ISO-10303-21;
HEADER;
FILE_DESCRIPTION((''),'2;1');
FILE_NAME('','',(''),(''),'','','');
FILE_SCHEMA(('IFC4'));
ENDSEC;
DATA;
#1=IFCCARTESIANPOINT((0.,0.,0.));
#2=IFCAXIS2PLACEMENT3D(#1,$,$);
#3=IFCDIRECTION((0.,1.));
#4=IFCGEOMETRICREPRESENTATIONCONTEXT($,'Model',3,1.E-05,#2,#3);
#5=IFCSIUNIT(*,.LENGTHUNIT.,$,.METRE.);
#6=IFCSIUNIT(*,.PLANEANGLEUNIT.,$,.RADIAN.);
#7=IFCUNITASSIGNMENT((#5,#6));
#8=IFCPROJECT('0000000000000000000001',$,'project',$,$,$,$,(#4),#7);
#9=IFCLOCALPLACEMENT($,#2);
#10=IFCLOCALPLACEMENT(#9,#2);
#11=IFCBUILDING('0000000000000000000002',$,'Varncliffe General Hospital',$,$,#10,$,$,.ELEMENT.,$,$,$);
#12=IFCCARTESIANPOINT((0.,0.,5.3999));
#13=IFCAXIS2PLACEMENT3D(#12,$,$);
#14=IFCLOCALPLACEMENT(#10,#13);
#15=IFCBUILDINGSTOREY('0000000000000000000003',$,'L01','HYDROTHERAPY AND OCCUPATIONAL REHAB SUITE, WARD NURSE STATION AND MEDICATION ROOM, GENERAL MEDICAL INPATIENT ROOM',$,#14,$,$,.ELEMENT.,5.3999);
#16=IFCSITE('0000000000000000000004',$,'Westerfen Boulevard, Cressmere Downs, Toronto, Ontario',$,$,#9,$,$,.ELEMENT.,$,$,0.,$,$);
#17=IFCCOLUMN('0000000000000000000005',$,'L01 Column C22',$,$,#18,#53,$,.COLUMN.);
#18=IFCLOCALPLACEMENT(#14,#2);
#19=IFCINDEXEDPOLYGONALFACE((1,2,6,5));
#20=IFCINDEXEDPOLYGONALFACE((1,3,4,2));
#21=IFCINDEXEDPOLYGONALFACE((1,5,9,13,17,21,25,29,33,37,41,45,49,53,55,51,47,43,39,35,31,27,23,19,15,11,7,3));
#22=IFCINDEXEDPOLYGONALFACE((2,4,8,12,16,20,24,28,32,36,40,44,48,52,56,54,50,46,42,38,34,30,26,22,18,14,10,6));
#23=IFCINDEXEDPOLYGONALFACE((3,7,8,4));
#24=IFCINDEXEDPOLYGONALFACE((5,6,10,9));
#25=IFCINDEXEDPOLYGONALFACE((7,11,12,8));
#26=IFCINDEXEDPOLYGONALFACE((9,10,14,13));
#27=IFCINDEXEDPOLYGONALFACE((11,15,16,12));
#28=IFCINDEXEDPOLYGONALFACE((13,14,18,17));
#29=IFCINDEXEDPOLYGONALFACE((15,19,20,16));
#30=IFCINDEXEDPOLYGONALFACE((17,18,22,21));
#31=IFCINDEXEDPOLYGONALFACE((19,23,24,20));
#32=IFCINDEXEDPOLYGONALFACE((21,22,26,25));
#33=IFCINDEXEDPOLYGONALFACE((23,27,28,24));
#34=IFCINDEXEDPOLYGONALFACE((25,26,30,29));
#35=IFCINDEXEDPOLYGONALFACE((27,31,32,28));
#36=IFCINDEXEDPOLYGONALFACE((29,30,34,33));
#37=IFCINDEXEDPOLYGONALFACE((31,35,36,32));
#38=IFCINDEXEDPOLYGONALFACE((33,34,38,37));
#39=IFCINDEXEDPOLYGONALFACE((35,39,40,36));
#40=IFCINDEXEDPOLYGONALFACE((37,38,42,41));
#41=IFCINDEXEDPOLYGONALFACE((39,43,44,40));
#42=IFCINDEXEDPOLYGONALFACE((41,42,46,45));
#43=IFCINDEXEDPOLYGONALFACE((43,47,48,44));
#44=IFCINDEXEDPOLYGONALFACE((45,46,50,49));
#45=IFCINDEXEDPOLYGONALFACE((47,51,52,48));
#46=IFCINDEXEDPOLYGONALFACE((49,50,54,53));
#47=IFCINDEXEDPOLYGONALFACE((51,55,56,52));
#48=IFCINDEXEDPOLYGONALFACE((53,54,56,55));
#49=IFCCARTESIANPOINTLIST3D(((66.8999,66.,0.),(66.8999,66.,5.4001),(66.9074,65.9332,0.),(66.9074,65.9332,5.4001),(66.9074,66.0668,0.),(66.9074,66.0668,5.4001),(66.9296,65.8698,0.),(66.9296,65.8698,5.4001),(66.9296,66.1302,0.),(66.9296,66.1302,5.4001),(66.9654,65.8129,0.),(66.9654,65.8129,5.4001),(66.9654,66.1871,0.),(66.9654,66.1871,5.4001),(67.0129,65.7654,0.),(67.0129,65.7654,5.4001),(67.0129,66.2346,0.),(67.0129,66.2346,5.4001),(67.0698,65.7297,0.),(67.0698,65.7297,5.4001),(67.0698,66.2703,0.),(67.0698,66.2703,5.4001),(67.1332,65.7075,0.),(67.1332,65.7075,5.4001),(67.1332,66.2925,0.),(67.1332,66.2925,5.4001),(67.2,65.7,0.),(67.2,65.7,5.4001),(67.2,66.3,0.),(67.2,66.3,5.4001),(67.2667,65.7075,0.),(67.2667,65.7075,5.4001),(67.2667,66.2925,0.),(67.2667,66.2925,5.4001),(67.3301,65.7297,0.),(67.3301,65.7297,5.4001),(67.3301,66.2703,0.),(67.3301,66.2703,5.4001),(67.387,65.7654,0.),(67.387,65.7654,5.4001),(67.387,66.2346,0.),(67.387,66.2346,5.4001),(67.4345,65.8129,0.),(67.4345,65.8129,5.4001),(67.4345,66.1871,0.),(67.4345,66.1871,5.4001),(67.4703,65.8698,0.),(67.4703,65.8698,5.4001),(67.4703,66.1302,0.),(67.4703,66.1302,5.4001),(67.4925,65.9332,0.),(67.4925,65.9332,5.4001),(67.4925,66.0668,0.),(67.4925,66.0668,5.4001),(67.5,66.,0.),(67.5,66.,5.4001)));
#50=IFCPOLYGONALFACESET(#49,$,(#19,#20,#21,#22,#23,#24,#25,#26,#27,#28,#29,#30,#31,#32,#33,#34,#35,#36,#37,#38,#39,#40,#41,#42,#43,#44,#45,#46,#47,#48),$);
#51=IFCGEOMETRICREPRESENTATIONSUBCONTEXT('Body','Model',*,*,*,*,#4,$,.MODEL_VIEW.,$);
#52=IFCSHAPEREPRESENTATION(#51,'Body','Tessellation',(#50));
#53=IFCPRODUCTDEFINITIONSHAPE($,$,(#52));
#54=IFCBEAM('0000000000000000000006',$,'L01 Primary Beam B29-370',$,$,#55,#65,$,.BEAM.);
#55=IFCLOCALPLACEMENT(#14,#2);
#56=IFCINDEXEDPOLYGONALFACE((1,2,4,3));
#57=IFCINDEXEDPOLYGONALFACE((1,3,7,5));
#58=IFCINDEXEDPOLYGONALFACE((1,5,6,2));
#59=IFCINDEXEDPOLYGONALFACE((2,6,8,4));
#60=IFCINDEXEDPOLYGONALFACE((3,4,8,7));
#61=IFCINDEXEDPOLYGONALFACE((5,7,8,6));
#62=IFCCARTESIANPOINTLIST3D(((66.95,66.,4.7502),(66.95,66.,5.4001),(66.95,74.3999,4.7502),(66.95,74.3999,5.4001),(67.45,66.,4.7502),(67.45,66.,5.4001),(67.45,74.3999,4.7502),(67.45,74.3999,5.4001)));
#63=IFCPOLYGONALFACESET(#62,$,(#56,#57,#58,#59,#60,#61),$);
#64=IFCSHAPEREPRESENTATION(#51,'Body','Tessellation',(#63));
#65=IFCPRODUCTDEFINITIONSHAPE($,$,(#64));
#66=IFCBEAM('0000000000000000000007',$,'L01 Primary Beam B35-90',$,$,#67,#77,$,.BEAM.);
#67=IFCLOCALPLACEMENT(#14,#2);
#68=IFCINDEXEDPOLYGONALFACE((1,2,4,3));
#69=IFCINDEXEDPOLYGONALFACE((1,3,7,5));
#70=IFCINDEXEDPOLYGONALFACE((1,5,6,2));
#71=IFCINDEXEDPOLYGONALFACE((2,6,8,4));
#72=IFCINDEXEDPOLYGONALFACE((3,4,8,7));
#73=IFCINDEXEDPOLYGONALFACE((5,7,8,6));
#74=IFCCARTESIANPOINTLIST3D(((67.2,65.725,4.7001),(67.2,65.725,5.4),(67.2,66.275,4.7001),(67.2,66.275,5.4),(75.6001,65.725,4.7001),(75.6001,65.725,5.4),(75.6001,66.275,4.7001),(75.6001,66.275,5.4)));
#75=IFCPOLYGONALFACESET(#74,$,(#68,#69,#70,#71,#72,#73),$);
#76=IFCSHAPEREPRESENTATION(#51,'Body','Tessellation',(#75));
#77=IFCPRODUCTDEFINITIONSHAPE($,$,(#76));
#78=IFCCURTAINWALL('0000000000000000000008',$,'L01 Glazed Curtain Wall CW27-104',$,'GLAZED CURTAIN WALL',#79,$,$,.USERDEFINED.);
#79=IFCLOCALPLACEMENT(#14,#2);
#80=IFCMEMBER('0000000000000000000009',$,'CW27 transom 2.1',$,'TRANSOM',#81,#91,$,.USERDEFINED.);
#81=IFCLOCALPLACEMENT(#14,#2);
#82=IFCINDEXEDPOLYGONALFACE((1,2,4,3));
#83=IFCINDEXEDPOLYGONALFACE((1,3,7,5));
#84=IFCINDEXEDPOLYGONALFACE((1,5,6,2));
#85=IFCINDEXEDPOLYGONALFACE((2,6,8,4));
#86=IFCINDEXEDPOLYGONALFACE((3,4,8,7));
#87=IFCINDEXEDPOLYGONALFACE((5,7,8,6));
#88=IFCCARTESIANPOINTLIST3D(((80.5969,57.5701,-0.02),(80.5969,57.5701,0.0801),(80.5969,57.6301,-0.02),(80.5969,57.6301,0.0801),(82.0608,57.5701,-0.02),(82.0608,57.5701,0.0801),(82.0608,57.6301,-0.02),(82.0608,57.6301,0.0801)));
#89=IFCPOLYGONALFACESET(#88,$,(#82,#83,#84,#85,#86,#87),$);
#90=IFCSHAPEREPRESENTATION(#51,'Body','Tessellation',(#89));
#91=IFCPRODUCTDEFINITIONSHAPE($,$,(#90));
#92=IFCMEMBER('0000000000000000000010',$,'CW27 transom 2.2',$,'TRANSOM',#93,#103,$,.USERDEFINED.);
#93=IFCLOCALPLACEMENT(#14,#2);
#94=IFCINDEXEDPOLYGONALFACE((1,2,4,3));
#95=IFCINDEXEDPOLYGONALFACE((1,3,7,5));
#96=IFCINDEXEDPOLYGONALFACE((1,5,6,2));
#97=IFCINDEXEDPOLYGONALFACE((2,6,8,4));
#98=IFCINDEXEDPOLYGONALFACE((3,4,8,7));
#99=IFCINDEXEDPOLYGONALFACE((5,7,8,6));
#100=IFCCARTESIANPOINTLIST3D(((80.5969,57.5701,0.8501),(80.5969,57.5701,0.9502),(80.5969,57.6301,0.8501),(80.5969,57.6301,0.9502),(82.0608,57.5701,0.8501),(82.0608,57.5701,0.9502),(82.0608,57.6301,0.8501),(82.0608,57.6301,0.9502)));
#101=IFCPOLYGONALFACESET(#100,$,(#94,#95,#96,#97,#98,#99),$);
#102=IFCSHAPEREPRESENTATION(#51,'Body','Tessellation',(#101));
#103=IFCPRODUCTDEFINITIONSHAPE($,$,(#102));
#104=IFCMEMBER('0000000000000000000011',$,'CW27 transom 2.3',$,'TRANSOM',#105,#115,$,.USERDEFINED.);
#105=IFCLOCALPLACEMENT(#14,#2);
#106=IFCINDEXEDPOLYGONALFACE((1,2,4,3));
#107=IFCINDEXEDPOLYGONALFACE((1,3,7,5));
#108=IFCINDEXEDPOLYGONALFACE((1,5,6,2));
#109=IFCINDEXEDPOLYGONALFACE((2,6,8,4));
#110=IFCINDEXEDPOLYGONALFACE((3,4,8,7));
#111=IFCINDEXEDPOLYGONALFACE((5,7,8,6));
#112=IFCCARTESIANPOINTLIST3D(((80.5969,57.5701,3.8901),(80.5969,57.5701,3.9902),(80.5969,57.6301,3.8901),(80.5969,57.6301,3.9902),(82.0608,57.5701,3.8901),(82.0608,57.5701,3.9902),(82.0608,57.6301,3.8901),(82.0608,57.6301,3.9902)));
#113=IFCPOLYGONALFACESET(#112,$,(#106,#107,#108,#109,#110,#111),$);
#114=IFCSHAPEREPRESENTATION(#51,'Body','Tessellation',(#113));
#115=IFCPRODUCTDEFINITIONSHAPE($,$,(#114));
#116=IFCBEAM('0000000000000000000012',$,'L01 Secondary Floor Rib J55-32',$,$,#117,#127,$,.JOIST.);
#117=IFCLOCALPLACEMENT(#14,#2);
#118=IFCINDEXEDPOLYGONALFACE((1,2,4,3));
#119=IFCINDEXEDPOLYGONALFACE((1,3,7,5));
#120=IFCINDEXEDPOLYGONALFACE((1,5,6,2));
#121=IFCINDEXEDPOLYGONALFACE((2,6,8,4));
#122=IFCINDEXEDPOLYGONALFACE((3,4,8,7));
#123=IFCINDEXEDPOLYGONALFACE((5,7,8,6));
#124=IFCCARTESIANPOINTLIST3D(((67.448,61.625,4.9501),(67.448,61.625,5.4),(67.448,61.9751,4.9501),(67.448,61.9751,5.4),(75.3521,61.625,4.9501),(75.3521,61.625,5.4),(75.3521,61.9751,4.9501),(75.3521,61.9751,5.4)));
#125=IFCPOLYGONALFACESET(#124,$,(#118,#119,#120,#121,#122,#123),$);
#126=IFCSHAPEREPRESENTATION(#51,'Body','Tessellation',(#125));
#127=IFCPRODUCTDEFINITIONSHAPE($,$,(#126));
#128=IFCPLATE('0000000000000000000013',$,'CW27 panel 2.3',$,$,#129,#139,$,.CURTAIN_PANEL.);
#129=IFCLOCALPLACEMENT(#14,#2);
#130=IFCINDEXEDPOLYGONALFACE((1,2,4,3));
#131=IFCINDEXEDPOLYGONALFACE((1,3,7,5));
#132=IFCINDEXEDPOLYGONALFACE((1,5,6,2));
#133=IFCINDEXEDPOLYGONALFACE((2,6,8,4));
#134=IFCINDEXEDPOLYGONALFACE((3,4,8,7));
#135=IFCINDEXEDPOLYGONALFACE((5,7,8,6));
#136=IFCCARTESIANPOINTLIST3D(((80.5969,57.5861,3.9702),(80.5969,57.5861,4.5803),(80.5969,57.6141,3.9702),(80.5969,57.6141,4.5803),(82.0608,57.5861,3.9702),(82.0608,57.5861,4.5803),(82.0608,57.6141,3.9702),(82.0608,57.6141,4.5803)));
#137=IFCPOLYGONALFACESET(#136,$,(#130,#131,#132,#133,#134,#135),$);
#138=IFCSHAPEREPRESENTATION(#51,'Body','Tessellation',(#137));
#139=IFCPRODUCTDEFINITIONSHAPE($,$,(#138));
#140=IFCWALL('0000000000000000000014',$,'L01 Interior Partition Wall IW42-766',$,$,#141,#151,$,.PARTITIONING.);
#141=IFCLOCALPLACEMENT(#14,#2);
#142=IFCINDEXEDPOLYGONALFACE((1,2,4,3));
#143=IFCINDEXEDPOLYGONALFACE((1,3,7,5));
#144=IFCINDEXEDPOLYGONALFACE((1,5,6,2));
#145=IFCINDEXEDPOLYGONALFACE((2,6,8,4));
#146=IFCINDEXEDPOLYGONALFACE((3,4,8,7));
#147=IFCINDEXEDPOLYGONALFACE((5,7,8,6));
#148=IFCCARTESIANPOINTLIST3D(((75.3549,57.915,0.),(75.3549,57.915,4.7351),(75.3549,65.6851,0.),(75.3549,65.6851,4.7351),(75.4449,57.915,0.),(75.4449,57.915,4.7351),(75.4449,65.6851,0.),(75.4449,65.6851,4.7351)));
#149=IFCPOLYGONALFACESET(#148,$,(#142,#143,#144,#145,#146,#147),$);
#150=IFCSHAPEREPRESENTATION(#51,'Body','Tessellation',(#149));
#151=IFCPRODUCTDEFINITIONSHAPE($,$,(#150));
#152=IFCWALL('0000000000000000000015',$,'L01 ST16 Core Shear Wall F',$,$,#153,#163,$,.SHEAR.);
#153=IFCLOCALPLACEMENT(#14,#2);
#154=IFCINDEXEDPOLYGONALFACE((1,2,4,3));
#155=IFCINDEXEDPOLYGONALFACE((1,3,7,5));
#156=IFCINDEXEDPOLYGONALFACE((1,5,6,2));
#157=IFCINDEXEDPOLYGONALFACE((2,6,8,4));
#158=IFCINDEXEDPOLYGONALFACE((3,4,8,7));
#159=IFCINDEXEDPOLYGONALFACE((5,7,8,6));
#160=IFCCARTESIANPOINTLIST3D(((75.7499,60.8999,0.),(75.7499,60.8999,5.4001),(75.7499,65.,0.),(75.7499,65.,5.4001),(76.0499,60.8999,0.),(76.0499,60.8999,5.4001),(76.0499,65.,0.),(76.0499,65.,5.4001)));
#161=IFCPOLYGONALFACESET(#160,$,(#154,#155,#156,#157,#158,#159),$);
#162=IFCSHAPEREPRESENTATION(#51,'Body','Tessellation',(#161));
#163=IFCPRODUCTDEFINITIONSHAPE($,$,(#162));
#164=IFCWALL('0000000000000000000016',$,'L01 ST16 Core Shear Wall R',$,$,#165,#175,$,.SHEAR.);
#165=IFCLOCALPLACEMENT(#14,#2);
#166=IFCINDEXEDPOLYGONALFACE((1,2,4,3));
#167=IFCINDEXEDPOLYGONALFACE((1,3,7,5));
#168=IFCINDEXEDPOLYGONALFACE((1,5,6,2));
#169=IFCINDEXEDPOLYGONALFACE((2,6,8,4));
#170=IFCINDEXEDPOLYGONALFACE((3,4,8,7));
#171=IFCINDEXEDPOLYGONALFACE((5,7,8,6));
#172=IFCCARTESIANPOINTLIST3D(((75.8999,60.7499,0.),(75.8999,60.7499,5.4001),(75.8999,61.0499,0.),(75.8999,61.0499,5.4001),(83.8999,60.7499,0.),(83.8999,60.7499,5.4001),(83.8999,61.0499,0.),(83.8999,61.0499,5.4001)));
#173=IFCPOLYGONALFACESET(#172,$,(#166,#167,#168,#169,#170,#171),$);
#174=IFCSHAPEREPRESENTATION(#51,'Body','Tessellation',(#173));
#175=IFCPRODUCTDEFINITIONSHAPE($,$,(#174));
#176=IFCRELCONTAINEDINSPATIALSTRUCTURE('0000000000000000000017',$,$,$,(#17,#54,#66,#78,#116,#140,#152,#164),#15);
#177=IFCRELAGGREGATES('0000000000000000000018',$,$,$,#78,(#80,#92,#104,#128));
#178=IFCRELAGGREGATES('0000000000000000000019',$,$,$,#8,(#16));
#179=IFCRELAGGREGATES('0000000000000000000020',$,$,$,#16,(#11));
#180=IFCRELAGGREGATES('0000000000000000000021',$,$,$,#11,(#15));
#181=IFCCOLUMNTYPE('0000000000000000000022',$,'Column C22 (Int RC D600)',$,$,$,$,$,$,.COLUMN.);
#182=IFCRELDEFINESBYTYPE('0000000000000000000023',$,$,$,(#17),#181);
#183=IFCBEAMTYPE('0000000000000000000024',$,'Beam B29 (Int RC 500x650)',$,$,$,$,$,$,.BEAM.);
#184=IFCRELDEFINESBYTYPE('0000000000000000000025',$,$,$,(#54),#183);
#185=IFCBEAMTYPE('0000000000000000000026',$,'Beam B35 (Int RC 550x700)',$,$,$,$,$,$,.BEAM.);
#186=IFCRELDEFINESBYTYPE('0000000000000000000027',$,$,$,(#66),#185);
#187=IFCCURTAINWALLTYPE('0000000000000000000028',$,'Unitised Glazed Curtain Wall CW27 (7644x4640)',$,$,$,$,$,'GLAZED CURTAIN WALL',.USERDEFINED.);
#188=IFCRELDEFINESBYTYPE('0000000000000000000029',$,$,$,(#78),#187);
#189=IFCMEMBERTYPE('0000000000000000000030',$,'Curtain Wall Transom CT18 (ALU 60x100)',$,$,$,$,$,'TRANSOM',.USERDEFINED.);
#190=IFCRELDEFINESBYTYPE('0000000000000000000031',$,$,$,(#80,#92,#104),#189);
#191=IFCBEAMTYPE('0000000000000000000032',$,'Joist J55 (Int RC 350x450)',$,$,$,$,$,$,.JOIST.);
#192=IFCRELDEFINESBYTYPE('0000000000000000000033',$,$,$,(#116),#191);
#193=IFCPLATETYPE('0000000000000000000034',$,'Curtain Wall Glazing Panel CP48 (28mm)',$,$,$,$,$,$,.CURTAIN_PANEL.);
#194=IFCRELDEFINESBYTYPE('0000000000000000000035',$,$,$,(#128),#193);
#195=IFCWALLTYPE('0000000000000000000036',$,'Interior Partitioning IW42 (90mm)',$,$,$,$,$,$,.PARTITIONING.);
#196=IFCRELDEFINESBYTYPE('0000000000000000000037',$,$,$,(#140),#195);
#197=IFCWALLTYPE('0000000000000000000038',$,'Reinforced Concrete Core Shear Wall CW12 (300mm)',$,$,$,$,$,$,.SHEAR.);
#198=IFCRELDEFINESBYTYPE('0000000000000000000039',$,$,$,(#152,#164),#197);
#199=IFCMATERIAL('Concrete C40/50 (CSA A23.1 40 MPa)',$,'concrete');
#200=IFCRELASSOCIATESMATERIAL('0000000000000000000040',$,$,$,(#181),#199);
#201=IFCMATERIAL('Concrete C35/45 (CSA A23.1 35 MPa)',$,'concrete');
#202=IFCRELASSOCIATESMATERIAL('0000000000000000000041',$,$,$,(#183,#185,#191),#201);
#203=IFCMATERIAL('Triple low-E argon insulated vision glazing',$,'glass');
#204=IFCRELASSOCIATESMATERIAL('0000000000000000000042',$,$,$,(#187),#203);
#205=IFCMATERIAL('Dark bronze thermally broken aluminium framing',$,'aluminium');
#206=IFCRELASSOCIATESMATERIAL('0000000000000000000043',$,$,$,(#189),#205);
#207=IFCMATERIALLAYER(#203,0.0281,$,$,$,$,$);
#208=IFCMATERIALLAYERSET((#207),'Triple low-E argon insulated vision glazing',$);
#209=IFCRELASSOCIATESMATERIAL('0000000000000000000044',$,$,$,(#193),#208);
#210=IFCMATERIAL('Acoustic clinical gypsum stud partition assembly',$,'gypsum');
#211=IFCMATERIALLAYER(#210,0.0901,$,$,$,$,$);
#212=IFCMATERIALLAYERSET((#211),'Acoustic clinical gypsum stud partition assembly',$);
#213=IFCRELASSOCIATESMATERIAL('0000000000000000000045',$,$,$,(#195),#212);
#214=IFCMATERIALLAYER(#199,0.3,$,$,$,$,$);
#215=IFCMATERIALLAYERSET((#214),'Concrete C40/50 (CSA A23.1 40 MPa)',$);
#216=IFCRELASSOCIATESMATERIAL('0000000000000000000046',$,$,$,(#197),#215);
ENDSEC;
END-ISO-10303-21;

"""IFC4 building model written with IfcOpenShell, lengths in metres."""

from ifc_helpers import new_model, si_unit, direction, frame, frame_2d, origin, origin_2d, place, context, subcontext, project, spatial, rectangle, circle, extrude, material, layer, layer_set, material_profile, profile_set, type_object, element, aggregate, save


model = new_model("IFC4")

# Units and contexts
model_context = context("Model", 3, precision=1e-05, world=origin(), true_north=direction((0.0, 1.0)))
body_context = subcontext(model_context, "Body", "Model", "MODEL_VIEW")
ifc_project = project(units=[si_unit("LENGTHUNIT", "METRE"), si_unit("PLANEANGLEUNIT", "RADIAN")], contexts=[model_context])

# Site, building, storey
site_placement = place(None, origin())
site = spatial("IfcSite", under=ifc_project, at=site_placement, Name="Westerfen Boulevard, Cressmere Downs, Toronto, Ontario", CompositionType="ELEMENT", RefElevation=0.0)
building_placement = place(site_placement, origin())
building = spatial("IfcBuilding", under=site, at=building_placement, Name="Varncliffe General Hospital", CompositionType="ELEMENT")
storey_placement = place(building_placement, frame((0.0, 0.0, 5.3999)))
storey = spatial("IfcBuildingStorey", under=building, at=storey_placement, Name="L01", Description="HYDROTHERAPY AND OCCUPATIONAL REHAB SUITE, WARD NURSE STATION AND MEDICATION ROOM, GENERAL MEDICAL INPATIENT ROOM", CompositionType="ELEMENT", Elevation=5.3999)

# Column
ifc_material_1 = material(Name="Concrete C40/50 (CSA A23.1 40 MPa)", Category="concrete")
ifc_material_profile_1 = material_profile(ifc_material_1, circle(Radius=0.3, at=origin_2d()), Name="RC D600")
ifc_profile_set_1 = profile_set([ifc_material_profile_1], Name="Concrete C40/50 (CSA A23.1 40 MPa)")
column_type = type_object("IfcColumnType", Name="Column C22 (Int RC D600)", PredefinedType="COLUMN", material=ifc_profile_set_1)
column_placement = place(storey_placement, frame((67.2, 66.0, 0.0), z_axis=(0.0, 0.0, 1.0), x_axis=(1.0, 0.0, 0.0)))
element("IfcColumn", 1, at=column_placement, inside=storey, type_object=column_type, Name="L01 Column C22", PredefinedType="COLUMN", context=body_context, shape_type="SweptSolid", body=[
    extrude(circle(Radius=0.3, at=origin_2d()), origin(), (0.0, 0.0, 1.0), 5.4001),
])

# Beams
ifc_material_2 = material(Name="Concrete C35/45 (CSA A23.1 35 MPa)", Category="concrete")
ifc_material_profile_2 = material_profile(ifc_material_2, rectangle(XDim=0.5, YDim=0.6499, at=origin_2d()), Name="RC 500x650")
ifc_profile_set_2 = profile_set([ifc_material_profile_2], Name="Concrete C35/45 (CSA A23.1 35 MPa)")
beam_type_1 = type_object("IfcBeamType", Name="Beam B29 (Int RC 500x650)", PredefinedType="BEAM", material=ifc_profile_set_2)
beam_1_placement = place(storey_placement, frame((67.2, 66.0, 5.0752), z_axis=(0.0, 1.0, 0.0), x_axis=(-1.0, 0.0, 0.0)))
element("IfcBeam", 2, at=beam_1_placement, inside=storey, type_object=beam_type_1, Name="L01 Primary Beam B29-370", PredefinedType="BEAM", context=body_context, shape_type="SweptSolid", body=[
    extrude(rectangle(XDim=0.5, YDim=0.6499, at=origin_2d()), origin(), (0.0, 0.0, 1.0), 8.3999),
])
ifc_material_profile_3 = material_profile(ifc_material_2, rectangle(XDim=0.55, YDim=0.7, at=origin_2d()), Name="RC 550x700")
ifc_profile_set_3 = profile_set([ifc_material_profile_3], Name="Concrete C35/45 (CSA A23.1 35 MPa)")
beam_type_2 = type_object("IfcBeamType", Name="Beam B35 (Int RC 550x700)", PredefinedType="BEAM", material=ifc_profile_set_3)
beam_2_placement = place(storey_placement, frame((67.2, 66.0, 5.05), z_axis=(1.0, 0.0, 0.0), x_axis=(0.0, 1.0, 0.0)))
element("IfcBeam", 3, at=beam_2_placement, inside=storey, type_object=beam_type_2, Name="L01 Primary Beam B35-90", PredefinedType="BEAM", context=body_context, shape_type="SweptSolid", body=[
    extrude(rectangle(XDim=0.55, YDim=0.7, at=origin_2d()), origin(), (0.0, 0.0, 1.0), 8.4001),
])

# Curtain wall, members
ifc_material_3 = material(Name="Triple low-E argon insulated vision glazing", Category="glass")
curtain_wall_type = type_object("IfcCurtainWallType", Name="Unitised Glazed Curtain Wall CW27 (7644x4640)", ElementType="GLAZED CURTAIN WALL", PredefinedType="USERDEFINED", material=ifc_material_3)
curtain_wall_placement = place(storey_placement, origin())
curtain_wall = element("IfcCurtainWall", 4, at=curtain_wall_placement, inside=storey, type_object=curtain_wall_type, Name="L01 Glazed Curtain Wall CW27-104", ObjectType="GLAZED CURTAIN WALL", PredefinedType="USERDEFINED")
ifc_material_4 = material(Name="Dark bronze thermally broken aluminium framing", Category="aluminium")
ifc_material_profile_4 = material_profile(ifc_material_4, rectangle(XDim=0.0601, YDim=0.1001, at=origin_2d()), Name="ALU 60x100")
ifc_profile_set_4 = profile_set([ifc_material_profile_4], Name="Dark bronze thermally broken aluminium framing")
member_type = type_object("IfcMemberType", Name="Curtain Wall Transom CT18 (ALU 60x100)", ElementType="TRANSOM", PredefinedType="USERDEFINED", material=ifc_profile_set_4)
member_1_placement = place(storey_placement, frame((82.0608, 57.6001, 0.03), z_axis=(-1.0, 0.0, 0.0), x_axis=(0.0, -1.0, 0.0)))
member_1 = element("IfcMember", 5, at=member_1_placement, type_object=member_type, Name="CW27 transom 2.1", ObjectType="TRANSOM", PredefinedType="USERDEFINED", context=body_context, shape_type="SweptSolid", body=[
    extrude(rectangle(XDim=0.0601, YDim=0.1001, at=origin_2d()), origin(), (0.0, 0.0, 1.0), 1.4639),
])
member_2_placement = place(storey_placement, frame((82.0608, 57.6001, 0.9001), z_axis=(-1.0, 0.0, 0.0), x_axis=(0.0, -1.0, 0.0)))
member_2 = element("IfcMember", 6, at=member_2_placement, type_object=member_type, Name="CW27 transom 2.2", ObjectType="TRANSOM", PredefinedType="USERDEFINED", context=body_context, shape_type="SweptSolid", body=[
    extrude(rectangle(XDim=0.0601, YDim=0.1001, at=origin_2d()), origin(), (0.0, 0.0, 1.0), 1.4639),
])
member_3_placement = place(storey_placement, frame((82.0608, 57.6001, 3.9402), z_axis=(-1.0, 0.0, 0.0), x_axis=(0.0, -1.0, 0.0)))
member_3 = element("IfcMember", 7, at=member_3_placement, type_object=member_type, Name="CW27 transom 2.3", ObjectType="TRANSOM", PredefinedType="USERDEFINED", context=body_context, shape_type="SweptSolid", body=[
    extrude(rectangle(XDim=0.0601, YDim=0.1001, at=origin_2d()), origin(), (0.0, 0.0, 1.0), 1.4639),
])

# Beam
ifc_material_profile_5 = material_profile(ifc_material_2, rectangle(XDim=0.3501, YDim=0.45, at=origin_2d()), Name="RC 350x450")
ifc_profile_set_5 = profile_set([ifc_material_profile_5], Name="Concrete C35/45 (CSA A23.1 35 MPa)")
beam_type_3 = type_object("IfcBeamType", Name="Joist J55 (Int RC 350x450)", PredefinedType="JOIST", material=ifc_profile_set_5)
beam_3_placement = place(storey_placement, frame((67.448, 61.8, 5.175), z_axis=(1.0, 0.0, 0.0), x_axis=(0.0, 1.0, 0.0)))
element("IfcBeam", 8, at=beam_3_placement, inside=storey, type_object=beam_type_3, Name="L01 Secondary Floor Rib J55-32", PredefinedType="JOIST", context=body_context, shape_type="SweptSolid", body=[
    extrude(rectangle(XDim=0.3501, YDim=0.45, at=origin_2d()), origin(), (0.0, 0.0, 1.0), 7.9041),
])

# Plate
ifc_layer_1 = layer(ifc_material_3, 0.0281)
ifc_layer_set_1 = layer_set([ifc_layer_1], Name="Triple low-E argon insulated vision glazing")
plate_type = type_object("IfcPlateType", Name="Curtain Wall Glazing Panel CP48 (28mm)", PredefinedType="CURTAIN_PANEL", material=ifc_layer_set_1)
plate_placement = place(storey_placement, frame((81.3289, 57.6001, 3.9702), z_axis=(0.0, 0.0, 1.0), x_axis=(-1.0, 0.0, 0.0)))
plate = element("IfcPlate", 9, at=plate_placement, type_object=plate_type, Name="CW27 panel 2.3", PredefinedType="CURTAIN_PANEL", context=body_context, shape_type="SweptSolid", body=[
    extrude(rectangle(XDim=1.4639, YDim=0.0281, at=origin_2d()), origin(), (0.0, 0.0, 1.0), 0.6101),
])
aggregate(curtain_wall, [member_1, member_2, member_3, plate])

# Walls
ifc_material_5 = material(Name="Acoustic clinical gypsum stud partition assembly", Category="gypsum")
ifc_layer_2 = layer(ifc_material_5, 0.0901)
ifc_layer_set_2 = layer_set([ifc_layer_2], Name="Acoustic clinical gypsum stud partition assembly")
wall_type_1 = type_object("IfcWallType", Name="Interior Partitioning IW42 (90mm)", PredefinedType="PARTITIONING", material=ifc_layer_set_2)
wall_1_placement = place(storey_placement, frame((75.3999, 57.915, 0.0), z_axis=(0.0, 0.0, 1.0), x_axis=(0.0, 1.0, 0.0)))
element("IfcWall", 10, at=wall_1_placement, inside=storey, type_object=wall_type_1, Name="L01 Interior Partition Wall IW42-766", PredefinedType="PARTITIONING", context=body_context, shape_type="SweptSolid", body=[
    extrude(rectangle(XDim=7.77, YDim=0.0901, at=frame_2d((3.885, 0.0))), origin(), (0.0, 0.0, 1.0), 4.7351),
])
ifc_layer_3 = layer(ifc_material_1, 0.3)
ifc_layer_set_3 = layer_set([ifc_layer_3], Name="Concrete C40/50 (CSA A23.1 40 MPa)")
wall_type_2 = type_object("IfcWallType", Name="Reinforced Concrete Core Shear Wall CW12 (300mm)", PredefinedType="SHEAR", material=ifc_layer_set_3)
wall_2_placement = place(storey_placement, frame((75.8999, 65.0, 0.0), z_axis=(0.0, 0.0, 1.0), x_axis=(0.0, -1.0, 0.0)))
element("IfcWall", 11, at=wall_2_placement, inside=storey, type_object=wall_type_2, Name="L01 ST16 Core Shear Wall F", PredefinedType="SHEAR", context=body_context, shape_type="SweptSolid", body=[
    extrude(rectangle(XDim=4.1001, YDim=0.3, at=frame_2d((2.05, 0.0))), origin(), (0.0, 0.0, 1.0), 5.4001),
])
wall_3_placement = place(storey_placement, frame((75.8999, 60.8999, 0.0), z_axis=(0.0, 0.0, 1.0), x_axis=(1.0, 0.0, 0.0)))
element("IfcWall", 12, at=wall_3_placement, inside=storey, type_object=wall_type_2, Name="L01 ST16 Core Shear Wall R", PredefinedType="SHEAR", context=body_context, shape_type="SweptSolid", body=[
    extrude(rectangle(XDim=8.0, YDim=0.3, at=frame_2d((4.0, 0.0))), origin(), (0.0, 0.0, 1.0), 5.4001),
])

save(model, "model.ifc")
